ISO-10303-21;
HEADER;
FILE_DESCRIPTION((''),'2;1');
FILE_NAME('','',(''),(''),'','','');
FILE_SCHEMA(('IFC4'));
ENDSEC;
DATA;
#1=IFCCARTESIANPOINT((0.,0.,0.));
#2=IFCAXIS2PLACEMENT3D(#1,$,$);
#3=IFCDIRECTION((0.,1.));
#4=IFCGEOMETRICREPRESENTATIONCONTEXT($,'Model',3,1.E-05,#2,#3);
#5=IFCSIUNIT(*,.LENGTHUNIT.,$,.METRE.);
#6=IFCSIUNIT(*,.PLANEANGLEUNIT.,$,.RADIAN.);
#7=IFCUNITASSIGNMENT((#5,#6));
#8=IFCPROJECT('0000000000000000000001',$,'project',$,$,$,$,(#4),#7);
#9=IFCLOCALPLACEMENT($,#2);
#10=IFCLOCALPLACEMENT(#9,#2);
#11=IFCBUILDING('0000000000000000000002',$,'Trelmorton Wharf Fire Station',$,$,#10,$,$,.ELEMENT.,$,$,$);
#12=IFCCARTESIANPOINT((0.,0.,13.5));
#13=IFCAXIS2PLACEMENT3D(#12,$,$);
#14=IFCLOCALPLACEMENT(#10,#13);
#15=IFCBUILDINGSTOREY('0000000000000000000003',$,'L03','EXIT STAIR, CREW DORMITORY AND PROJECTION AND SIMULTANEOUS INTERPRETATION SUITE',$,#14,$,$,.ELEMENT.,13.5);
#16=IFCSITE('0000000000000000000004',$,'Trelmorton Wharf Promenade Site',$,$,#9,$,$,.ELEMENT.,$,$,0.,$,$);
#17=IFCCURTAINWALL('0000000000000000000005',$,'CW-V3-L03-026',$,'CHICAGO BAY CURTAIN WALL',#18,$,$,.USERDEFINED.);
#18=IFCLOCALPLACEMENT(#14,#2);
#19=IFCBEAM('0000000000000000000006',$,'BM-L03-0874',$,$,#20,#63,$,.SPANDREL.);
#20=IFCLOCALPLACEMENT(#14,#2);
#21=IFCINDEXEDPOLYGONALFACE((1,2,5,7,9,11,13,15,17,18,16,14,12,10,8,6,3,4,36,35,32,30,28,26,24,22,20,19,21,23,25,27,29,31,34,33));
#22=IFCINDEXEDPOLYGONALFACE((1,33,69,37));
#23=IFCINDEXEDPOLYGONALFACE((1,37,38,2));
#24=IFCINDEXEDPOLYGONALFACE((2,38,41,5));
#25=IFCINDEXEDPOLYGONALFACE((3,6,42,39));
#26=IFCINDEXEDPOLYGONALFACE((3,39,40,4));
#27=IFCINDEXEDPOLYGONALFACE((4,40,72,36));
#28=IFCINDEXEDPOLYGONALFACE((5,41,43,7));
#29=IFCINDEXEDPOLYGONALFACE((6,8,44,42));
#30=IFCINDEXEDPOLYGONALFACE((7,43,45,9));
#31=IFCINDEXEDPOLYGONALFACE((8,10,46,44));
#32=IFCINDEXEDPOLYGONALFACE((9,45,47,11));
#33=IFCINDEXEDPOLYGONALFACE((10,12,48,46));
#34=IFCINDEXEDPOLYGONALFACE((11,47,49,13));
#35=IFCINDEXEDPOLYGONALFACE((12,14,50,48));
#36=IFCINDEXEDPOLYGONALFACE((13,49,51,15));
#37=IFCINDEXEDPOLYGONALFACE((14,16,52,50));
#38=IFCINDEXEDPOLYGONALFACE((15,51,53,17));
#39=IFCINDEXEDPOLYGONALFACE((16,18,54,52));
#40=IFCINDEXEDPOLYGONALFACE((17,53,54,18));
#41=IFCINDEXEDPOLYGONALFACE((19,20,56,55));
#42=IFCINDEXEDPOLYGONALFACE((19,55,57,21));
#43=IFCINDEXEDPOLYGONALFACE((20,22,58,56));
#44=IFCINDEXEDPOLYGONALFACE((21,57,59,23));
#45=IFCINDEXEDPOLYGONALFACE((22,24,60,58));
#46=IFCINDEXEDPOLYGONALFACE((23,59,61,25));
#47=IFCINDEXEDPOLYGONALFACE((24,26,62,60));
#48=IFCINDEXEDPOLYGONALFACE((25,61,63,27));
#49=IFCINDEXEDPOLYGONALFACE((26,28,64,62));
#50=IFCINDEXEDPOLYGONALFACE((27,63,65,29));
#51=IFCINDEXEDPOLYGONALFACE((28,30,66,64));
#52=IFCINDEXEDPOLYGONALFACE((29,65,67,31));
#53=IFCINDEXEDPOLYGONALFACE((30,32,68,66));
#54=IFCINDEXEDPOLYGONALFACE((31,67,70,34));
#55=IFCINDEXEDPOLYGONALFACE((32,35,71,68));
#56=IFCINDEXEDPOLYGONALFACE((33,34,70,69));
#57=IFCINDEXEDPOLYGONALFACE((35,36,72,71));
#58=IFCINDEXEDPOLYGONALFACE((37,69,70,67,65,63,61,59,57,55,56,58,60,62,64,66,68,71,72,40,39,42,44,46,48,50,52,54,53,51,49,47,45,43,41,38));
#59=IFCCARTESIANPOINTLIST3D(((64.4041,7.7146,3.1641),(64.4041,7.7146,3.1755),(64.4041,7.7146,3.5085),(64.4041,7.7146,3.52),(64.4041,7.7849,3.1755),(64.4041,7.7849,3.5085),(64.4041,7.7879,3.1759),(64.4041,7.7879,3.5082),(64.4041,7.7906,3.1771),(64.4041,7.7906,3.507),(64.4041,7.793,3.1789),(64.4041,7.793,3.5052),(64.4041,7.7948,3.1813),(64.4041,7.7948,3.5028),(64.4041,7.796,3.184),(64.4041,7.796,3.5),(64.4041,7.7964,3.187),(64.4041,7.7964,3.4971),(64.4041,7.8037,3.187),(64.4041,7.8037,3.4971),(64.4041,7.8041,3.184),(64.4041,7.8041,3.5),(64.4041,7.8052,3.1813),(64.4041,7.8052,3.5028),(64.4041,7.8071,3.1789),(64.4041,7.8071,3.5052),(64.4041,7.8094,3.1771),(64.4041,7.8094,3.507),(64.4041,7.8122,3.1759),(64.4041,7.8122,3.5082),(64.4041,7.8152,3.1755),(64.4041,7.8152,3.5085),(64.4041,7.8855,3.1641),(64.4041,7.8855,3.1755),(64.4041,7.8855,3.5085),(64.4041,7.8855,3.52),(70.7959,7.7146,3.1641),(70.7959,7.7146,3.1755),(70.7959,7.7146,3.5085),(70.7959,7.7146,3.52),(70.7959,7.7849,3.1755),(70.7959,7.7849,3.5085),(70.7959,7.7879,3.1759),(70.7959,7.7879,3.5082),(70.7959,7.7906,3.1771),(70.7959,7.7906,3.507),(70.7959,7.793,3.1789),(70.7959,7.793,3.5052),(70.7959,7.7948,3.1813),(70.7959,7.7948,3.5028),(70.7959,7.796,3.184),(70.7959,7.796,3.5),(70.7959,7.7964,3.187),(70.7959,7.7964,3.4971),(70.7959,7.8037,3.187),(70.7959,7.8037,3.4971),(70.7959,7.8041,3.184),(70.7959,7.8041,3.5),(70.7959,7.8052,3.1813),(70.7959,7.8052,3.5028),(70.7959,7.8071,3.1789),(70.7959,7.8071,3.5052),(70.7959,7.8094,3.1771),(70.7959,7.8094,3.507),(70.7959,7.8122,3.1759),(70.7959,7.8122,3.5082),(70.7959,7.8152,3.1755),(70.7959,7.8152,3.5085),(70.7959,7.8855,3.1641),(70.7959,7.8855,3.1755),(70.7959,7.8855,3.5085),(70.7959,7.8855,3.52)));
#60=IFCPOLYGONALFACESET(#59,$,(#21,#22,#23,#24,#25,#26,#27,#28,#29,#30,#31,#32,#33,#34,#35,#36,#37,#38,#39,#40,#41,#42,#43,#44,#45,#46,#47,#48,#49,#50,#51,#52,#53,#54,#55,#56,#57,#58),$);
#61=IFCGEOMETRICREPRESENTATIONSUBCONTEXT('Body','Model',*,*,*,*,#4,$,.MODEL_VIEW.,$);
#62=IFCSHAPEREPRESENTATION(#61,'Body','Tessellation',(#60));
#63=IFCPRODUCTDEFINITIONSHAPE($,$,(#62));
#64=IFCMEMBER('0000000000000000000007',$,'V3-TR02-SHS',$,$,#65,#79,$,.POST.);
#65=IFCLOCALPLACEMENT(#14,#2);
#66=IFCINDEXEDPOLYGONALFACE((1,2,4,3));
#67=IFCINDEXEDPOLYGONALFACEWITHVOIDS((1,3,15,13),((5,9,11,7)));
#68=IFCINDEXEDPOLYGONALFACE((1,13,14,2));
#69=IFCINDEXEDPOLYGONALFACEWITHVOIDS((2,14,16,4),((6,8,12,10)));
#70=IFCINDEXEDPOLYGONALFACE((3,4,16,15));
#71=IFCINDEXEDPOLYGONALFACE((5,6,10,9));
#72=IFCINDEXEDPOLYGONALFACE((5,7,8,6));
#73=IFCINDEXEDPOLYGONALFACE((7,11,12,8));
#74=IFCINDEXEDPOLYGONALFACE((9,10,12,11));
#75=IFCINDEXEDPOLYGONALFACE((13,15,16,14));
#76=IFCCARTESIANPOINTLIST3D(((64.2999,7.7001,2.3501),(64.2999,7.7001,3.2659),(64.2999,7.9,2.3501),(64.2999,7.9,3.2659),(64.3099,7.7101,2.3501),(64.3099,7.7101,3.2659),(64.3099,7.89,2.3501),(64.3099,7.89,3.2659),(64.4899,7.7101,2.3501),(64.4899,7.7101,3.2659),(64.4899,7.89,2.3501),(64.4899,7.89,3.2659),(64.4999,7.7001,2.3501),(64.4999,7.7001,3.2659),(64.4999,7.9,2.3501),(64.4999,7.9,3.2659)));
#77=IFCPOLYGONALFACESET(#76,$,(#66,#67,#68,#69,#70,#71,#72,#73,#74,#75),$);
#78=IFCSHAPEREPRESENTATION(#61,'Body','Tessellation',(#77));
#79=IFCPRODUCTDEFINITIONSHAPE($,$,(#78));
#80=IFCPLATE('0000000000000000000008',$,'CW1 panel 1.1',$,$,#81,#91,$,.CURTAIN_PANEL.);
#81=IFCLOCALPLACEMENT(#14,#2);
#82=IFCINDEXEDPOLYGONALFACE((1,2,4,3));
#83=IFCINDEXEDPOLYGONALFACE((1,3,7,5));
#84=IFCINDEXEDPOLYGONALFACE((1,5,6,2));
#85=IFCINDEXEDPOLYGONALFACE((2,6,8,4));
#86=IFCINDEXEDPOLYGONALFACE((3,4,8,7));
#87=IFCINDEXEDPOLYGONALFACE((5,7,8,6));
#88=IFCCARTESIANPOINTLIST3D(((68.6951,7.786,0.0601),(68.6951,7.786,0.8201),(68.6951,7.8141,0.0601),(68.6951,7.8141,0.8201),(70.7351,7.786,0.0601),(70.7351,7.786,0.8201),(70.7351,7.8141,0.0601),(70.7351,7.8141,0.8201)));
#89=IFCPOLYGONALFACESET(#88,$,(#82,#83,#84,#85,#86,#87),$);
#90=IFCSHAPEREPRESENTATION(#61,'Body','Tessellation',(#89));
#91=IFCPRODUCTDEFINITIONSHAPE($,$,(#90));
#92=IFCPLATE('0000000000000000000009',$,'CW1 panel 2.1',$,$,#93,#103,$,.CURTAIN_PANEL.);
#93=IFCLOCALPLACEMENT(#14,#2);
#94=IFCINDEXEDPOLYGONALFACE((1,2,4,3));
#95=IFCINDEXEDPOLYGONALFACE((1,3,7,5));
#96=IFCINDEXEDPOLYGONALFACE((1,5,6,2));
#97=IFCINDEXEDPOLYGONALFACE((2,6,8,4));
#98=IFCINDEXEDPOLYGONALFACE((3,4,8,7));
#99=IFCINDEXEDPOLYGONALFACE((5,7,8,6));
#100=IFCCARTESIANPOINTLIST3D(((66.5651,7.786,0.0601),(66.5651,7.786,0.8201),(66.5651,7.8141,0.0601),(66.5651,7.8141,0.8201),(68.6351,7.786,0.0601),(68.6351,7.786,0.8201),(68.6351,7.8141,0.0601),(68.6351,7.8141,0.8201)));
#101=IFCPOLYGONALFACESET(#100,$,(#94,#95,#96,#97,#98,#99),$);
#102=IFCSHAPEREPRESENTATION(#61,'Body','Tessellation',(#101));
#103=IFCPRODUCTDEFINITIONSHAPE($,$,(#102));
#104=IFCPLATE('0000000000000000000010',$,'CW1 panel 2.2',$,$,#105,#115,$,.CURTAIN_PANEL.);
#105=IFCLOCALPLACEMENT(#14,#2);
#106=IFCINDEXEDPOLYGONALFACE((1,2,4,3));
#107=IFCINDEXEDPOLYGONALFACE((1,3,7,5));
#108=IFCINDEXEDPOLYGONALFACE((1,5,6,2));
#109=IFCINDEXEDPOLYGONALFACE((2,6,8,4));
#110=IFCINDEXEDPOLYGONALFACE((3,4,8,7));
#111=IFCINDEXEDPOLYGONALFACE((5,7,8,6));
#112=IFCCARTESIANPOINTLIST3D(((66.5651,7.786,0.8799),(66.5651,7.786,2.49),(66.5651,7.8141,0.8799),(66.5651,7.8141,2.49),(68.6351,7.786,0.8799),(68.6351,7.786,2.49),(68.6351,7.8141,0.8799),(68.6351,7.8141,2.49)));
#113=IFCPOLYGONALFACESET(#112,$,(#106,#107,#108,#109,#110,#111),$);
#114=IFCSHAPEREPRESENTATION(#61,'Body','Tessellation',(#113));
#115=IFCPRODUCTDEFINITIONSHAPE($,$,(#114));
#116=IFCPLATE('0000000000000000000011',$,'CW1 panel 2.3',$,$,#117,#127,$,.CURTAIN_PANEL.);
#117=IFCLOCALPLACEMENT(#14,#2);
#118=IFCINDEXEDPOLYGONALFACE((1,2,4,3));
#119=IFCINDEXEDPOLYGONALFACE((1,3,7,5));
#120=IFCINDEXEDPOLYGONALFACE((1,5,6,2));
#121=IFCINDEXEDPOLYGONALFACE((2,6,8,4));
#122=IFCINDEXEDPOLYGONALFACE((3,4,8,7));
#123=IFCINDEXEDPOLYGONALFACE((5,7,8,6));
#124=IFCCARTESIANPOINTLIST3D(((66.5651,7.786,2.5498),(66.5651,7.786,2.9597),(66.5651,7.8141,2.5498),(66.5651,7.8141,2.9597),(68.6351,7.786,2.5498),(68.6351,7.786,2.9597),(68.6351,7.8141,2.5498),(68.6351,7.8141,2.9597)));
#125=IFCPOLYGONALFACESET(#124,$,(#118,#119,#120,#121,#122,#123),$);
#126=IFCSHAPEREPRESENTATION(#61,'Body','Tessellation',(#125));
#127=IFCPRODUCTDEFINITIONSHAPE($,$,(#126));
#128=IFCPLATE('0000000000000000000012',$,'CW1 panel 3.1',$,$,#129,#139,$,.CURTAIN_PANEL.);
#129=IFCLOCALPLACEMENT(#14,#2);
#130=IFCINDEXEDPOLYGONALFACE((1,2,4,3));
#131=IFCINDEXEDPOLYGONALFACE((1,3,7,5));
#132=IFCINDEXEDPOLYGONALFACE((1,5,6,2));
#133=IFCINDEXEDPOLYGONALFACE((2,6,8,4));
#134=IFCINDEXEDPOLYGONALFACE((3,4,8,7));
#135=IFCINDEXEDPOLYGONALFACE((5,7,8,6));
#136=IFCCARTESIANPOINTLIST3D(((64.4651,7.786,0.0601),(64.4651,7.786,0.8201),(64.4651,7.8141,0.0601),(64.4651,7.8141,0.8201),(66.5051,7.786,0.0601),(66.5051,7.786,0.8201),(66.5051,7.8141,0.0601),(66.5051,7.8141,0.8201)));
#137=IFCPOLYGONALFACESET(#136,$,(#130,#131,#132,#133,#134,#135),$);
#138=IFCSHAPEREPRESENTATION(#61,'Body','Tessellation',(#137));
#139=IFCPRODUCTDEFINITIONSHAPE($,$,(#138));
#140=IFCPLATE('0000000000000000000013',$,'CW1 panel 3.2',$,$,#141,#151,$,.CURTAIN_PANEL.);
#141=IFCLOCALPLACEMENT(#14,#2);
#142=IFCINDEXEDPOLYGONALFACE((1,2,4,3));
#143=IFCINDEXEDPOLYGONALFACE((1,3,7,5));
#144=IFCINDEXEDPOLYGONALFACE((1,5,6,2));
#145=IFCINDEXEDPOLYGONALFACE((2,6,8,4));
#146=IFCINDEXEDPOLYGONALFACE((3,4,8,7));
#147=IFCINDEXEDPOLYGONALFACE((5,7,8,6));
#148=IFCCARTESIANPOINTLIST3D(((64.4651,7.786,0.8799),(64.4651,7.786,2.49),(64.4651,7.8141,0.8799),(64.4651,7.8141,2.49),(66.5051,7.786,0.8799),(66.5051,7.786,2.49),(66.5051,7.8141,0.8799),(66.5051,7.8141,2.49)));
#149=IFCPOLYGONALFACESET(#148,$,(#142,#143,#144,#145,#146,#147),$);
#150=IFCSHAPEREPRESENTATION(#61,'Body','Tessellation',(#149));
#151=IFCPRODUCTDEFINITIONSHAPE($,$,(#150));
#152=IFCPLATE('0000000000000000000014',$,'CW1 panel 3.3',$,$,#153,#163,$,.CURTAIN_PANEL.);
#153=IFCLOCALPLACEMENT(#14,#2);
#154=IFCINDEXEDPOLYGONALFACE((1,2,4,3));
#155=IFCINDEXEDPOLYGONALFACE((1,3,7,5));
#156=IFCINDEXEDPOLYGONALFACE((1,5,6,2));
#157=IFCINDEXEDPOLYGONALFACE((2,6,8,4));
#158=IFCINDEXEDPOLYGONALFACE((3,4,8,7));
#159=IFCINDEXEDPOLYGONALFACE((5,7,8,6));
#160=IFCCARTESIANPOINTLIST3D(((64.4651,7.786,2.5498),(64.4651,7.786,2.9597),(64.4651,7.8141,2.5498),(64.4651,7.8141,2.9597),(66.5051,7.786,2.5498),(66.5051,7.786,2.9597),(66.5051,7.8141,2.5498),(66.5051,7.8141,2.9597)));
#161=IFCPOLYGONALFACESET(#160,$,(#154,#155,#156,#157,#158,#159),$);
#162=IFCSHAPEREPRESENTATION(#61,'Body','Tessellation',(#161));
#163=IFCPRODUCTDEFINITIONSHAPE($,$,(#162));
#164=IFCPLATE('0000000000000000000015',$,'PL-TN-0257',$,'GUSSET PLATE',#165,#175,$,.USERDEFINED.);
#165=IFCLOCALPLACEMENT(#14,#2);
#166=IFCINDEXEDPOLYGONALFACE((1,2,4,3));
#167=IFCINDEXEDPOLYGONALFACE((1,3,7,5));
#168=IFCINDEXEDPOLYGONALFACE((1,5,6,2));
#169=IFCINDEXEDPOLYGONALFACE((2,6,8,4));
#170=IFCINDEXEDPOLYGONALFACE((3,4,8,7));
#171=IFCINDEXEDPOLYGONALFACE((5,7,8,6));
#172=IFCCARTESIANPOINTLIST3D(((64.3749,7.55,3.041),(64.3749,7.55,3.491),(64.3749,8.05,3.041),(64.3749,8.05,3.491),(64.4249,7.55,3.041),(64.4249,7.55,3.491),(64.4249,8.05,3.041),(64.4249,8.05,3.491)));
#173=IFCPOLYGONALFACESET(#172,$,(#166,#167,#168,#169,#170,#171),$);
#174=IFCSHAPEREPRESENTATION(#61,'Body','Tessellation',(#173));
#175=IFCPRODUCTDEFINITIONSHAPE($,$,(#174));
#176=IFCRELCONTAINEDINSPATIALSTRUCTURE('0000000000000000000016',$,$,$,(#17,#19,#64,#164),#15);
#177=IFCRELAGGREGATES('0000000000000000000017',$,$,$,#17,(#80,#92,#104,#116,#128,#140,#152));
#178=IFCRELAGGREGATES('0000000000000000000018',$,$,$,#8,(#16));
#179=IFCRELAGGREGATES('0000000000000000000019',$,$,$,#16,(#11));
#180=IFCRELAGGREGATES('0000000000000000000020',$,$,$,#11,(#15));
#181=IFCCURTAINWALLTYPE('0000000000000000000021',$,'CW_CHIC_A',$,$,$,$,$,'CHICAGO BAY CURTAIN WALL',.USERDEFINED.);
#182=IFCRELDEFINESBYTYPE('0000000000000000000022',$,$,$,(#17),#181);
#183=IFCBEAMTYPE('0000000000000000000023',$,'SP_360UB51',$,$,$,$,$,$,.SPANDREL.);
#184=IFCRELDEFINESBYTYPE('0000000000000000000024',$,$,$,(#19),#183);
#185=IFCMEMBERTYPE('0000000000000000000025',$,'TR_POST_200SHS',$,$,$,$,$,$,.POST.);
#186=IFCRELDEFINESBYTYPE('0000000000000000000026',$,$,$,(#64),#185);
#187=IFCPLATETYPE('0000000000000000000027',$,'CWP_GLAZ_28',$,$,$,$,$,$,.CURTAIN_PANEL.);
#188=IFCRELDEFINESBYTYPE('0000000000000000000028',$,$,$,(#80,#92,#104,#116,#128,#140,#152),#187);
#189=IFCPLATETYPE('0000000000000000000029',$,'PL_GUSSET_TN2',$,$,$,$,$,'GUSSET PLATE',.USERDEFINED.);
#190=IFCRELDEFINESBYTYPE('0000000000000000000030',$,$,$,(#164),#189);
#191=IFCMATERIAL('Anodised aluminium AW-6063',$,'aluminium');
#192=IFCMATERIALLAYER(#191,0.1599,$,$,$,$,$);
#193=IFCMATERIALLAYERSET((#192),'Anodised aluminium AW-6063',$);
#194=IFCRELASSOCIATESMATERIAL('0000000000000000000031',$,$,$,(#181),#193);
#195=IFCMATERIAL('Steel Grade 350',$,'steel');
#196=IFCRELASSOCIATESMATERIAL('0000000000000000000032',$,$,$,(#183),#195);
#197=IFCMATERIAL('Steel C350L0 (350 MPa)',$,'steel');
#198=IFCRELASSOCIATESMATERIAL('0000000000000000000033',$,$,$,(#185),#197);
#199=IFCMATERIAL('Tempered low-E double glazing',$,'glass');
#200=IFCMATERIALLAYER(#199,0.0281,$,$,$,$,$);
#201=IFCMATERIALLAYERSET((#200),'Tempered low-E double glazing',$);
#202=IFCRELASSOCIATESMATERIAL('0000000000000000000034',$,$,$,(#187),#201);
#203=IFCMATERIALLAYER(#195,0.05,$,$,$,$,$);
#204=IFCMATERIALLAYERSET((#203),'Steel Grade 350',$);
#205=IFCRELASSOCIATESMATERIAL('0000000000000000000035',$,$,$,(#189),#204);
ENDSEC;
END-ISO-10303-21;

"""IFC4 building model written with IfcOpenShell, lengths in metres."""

from ifc_helpers import new_model, si_unit, direction, frame, origin, origin_2d, place, context, subcontext, project, spatial, rectangle, hollow_rectangle, i_section, extrude, material, layer, layer_set, material_profile, profile_set, type_object, element, aggregate, save


model = new_model("IFC4")

# Units and contexts
model_context = context("Model", 3, precision=1e-05, world=origin(), true_north=direction((0.0, 1.0)))
body_context = subcontext(model_context, "Body", "Model", "MODEL_VIEW")
ifc_project = project(units=[si_unit("LENGTHUNIT", "METRE"), si_unit("PLANEANGLEUNIT", "RADIAN")], contexts=[model_context])

# Site, building, storey
site_placement = place(None, origin())
site = spatial("IfcSite", under=ifc_project, at=site_placement, Name="Trelmorton Wharf Promenade Site", CompositionType="ELEMENT", RefElevation=0.0)
building_placement = place(site_placement, origin())
building = spatial("IfcBuilding", under=site, at=building_placement, Name="Trelmorton Wharf Fire Station", CompositionType="ELEMENT")
storey_placement = place(building_placement, frame((0.0, 0.0, 13.5)))
storey = spatial("IfcBuildingStorey", under=building, at=storey_placement, Name="L03", Description="EXIT STAIR, CREW DORMITORY AND PROJECTION AND SIMULTANEOUS INTERPRETATION SUITE", CompositionType="ELEMENT", Elevation=13.5)

# Curtain wall
ifc_material_1 = material(Name="Anodised aluminium AW-6063", Category="aluminium")
ifc_layer_1 = layer(ifc_material_1, 0.1599)
ifc_layer_set_1 = layer_set([ifc_layer_1], Name="Anodised aluminium AW-6063")
curtain_wall_type = type_object("IfcCurtainWallType", Name="CW_CHIC_A", ElementType="CHICAGO BAY CURTAIN WALL", PredefinedType="USERDEFINED", material=ifc_layer_set_1)
curtain_wall_placement = place(storey_placement, origin())
curtain_wall = element("IfcCurtainWall", 1, at=curtain_wall_placement, inside=storey, type_object=curtain_wall_type, Name="CW-V3-L03-026", ObjectType="CHICAGO BAY CURTAIN WALL", PredefinedType="USERDEFINED")

# Beam
ifc_material_2 = material(Name="Steel Grade 350", Category="steel")
ifc_material_profile_1 = material_profile(ifc_material_2, i_section(OverallWidth=0.1709, OverallDepth=0.356, WebThickness=0.0073, FlangeThickness=0.0115, FilletRadius=0.0115, at=origin_2d()), Name="360UB50.7")
ifc_profile_set_1 = profile_set([ifc_material_profile_1], Name="Steel Grade 350")
beam_type = type_object("IfcBeamType", Name="SP_360UB51", PredefinedType="SPANDREL", material=ifc_profile_set_1)
beam_placement = place(storey_placement, frame((64.4041, 7.8, 3.342), z_axis=(1.0, 0.0, 0.0), x_axis=(0.0, 1.0, 0.0)))
element("IfcBeam", 2, at=beam_placement, inside=storey, type_object=beam_type, Name="BM-L03-0874", PredefinedType="SPANDREL", context=body_context, shape_type="SweptSolid", body=[
    extrude(i_section(OverallWidth=0.1709, OverallDepth=0.356, WebThickness=0.0073, FlangeThickness=0.0115, FilletRadius=0.0115, at=origin_2d()), origin(), (0.0, 0.0, 1.0), 6.3918),
])

# Member
ifc_material_3 = material(Name="Steel C350L0 (350 MPa)", Category="steel")
ifc_material_profile_2 = material_profile(ifc_material_3, hollow_rectangle(XDim=0.2, YDim=0.2, WallThickness=0.01, at=origin_2d()), Name="200x200x10.0SHS")
ifc_profile_set_2 = profile_set([ifc_material_profile_2], Name="Steel C350L0 (350 MPa)")
member_type_1 = type_object("IfcMemberType", Name="TR_POST_200SHS", PredefinedType="POST", material=ifc_profile_set_2)
member_1_placement = place(storey_placement, frame((64.3999, 7.8, 2.3501), z_axis=(0.0, 0.0, 1.0), x_axis=(1.0, 0.0, 0.0)))
element("IfcMember", 3, at=member_1_placement, inside=storey, type_object=member_type_1, Name="V3-TR02-SHS", PredefinedType="POST", context=body_context, shape_type="SweptSolid", body=[
    extrude(hollow_rectangle(XDim=0.2, YDim=0.2, WallThickness=0.01, at=origin_2d()), origin(), (0.0, 0.0, 1.0), 0.9158),
])

# Plates
ifc_material_4 = material(Name="Tempered low-E double glazing", Category="glass")
ifc_layer_2 = layer(ifc_material_4, 0.0281)
ifc_layer_set_2 = layer_set([ifc_layer_2], Name="Tempered low-E double glazing")
plate_type_1 = type_object("IfcPlateType", Name="CWP_GLAZ_28", PredefinedType="CURTAIN_PANEL", material=ifc_layer_set_2)
plate_1_placement = place(storey_placement, frame((69.7151, 7.8, 0.0601), z_axis=(0.0, 0.0, 1.0), x_axis=(-1.0, 0.0, 0.0)))
plate_1 = element("IfcPlate", 4, at=plate_1_placement, type_object=plate_type_1, Name="CW1 panel 1.1", PredefinedType="CURTAIN_PANEL", context=body_context, shape_type="SweptSolid", body=[
    extrude(rectangle(XDim=2.04, YDim=0.0281, at=origin_2d()), origin(), (0.0, 0.0, 1.0), 0.76),
])
plate_2_placement = place(storey_placement, frame((67.6001, 7.8, 0.0601), z_axis=(0.0, 0.0, 1.0), x_axis=(-1.0, 0.0, 0.0)))
plate_2 = element("IfcPlate", 5, at=plate_2_placement, type_object=plate_type_1, Name="CW1 panel 2.1", PredefinedType="CURTAIN_PANEL", context=body_context, shape_type="SweptSolid", body=[
    extrude(rectangle(XDim=2.0701, YDim=0.0281, at=origin_2d()), origin(), (0.0, 0.0, 1.0), 0.76),
])
plate_3_placement = place(storey_placement, frame((67.6001, 7.8, 0.8799), z_axis=(0.0, 0.0, 1.0), x_axis=(-1.0, 0.0, 0.0)))
plate_3 = element("IfcPlate", 6, at=plate_3_placement, type_object=plate_type_1, Name="CW1 panel 2.2", PredefinedType="CURTAIN_PANEL", context=body_context, shape_type="SweptSolid", body=[
    extrude(rectangle(XDim=2.0701, YDim=0.0281, at=origin_2d()), origin(), (0.0, 0.0, 1.0), 1.6101),
])
plate_4_placement = place(storey_placement, frame((67.6001, 7.8, 2.5498), z_axis=(0.0, 0.0, 1.0), x_axis=(-1.0, 0.0, 0.0)))
plate_4 = element("IfcPlate", 7, at=plate_4_placement, type_object=plate_type_1, Name="CW1 panel 2.3", PredefinedType="CURTAIN_PANEL", context=body_context, shape_type="SweptSolid", body=[
    extrude(rectangle(XDim=2.0701, YDim=0.0281, at=origin_2d()), origin(), (0.0, 0.0, 1.0), 0.4099),
])
plate_5_placement = place(storey_placement, frame((65.4851, 7.8, 0.0601), z_axis=(0.0, 0.0, 1.0), x_axis=(-1.0, 0.0, 0.0)))
plate_5 = element("IfcPlate", 8, at=plate_5_placement, type_object=plate_type_1, Name="CW1 panel 3.1", PredefinedType="CURTAIN_PANEL", context=body_context, shape_type="SweptSolid", body=[
    extrude(rectangle(XDim=2.04, YDim=0.0281, at=origin_2d()), origin(), (0.0, 0.0, 1.0), 0.76),
])
plate_6_placement = place(storey_placement, frame((65.4851, 7.8, 0.8799), z_axis=(0.0, 0.0, 1.0), x_axis=(-1.0, 0.0, 0.0)))
plate_6 = element("IfcPlate", 9, at=plate_6_placement, type_object=plate_type_1, Name="CW1 panel 3.2", PredefinedType="CURTAIN_PANEL", context=body_context, shape_type="SweptSolid", body=[
    extrude(rectangle(XDim=2.04, YDim=0.0281, at=origin_2d()), origin(), (0.0, 0.0, 1.0), 1.6101),
])
plate_7_placement = place(storey_placement, frame((65.4851, 7.8, 2.5498), z_axis=(0.0, 0.0, 1.0), x_axis=(-1.0, 0.0, 0.0)))
plate_7 = element("IfcPlate", 10, at=plate_7_placement, type_object=plate_type_1, Name="CW1 panel 3.3", PredefinedType="CURTAIN_PANEL", context=body_context, shape_type="SweptSolid", body=[
    extrude(rectangle(XDim=2.04, YDim=0.0281, at=origin_2d()), origin(), (0.0, 0.0, 1.0), 0.4099),
])
aggregate(curtain_wall, [plate_1, plate_2, plate_3, plate_4, plate_5, plate_6, plate_7])
ifc_layer_3 = layer(ifc_material_2, 0.05)
ifc_layer_set_3 = layer_set([ifc_layer_3], Name="Steel Grade 350")
plate_type_2 = type_object("IfcPlateType", Name="PL_GUSSET_TN2", ElementType="GUSSET PLATE", PredefinedType="USERDEFINED", material=ifc_layer_set_3)
plate_8_placement = place(storey_placement, frame((64.3999, 7.8, 3.041), z_axis=(0.0, 0.0, 1.0), x_axis=(1.0, 0.0, 0.0)))
element("IfcPlate", 11, at=plate_8_placement, inside=storey, type_object=plate_type_2, Name="PL-TN-0257", ObjectType="GUSSET PLATE", PredefinedType="USERDEFINED", context=body_context, shape_type="SweptSolid", body=[
    extrude(rectangle(XDim=0.05, YDim=0.5, at=origin_2d()), origin(), (0.0, 0.0, 1.0), 0.45),
])

save(model, "model.ifc")
